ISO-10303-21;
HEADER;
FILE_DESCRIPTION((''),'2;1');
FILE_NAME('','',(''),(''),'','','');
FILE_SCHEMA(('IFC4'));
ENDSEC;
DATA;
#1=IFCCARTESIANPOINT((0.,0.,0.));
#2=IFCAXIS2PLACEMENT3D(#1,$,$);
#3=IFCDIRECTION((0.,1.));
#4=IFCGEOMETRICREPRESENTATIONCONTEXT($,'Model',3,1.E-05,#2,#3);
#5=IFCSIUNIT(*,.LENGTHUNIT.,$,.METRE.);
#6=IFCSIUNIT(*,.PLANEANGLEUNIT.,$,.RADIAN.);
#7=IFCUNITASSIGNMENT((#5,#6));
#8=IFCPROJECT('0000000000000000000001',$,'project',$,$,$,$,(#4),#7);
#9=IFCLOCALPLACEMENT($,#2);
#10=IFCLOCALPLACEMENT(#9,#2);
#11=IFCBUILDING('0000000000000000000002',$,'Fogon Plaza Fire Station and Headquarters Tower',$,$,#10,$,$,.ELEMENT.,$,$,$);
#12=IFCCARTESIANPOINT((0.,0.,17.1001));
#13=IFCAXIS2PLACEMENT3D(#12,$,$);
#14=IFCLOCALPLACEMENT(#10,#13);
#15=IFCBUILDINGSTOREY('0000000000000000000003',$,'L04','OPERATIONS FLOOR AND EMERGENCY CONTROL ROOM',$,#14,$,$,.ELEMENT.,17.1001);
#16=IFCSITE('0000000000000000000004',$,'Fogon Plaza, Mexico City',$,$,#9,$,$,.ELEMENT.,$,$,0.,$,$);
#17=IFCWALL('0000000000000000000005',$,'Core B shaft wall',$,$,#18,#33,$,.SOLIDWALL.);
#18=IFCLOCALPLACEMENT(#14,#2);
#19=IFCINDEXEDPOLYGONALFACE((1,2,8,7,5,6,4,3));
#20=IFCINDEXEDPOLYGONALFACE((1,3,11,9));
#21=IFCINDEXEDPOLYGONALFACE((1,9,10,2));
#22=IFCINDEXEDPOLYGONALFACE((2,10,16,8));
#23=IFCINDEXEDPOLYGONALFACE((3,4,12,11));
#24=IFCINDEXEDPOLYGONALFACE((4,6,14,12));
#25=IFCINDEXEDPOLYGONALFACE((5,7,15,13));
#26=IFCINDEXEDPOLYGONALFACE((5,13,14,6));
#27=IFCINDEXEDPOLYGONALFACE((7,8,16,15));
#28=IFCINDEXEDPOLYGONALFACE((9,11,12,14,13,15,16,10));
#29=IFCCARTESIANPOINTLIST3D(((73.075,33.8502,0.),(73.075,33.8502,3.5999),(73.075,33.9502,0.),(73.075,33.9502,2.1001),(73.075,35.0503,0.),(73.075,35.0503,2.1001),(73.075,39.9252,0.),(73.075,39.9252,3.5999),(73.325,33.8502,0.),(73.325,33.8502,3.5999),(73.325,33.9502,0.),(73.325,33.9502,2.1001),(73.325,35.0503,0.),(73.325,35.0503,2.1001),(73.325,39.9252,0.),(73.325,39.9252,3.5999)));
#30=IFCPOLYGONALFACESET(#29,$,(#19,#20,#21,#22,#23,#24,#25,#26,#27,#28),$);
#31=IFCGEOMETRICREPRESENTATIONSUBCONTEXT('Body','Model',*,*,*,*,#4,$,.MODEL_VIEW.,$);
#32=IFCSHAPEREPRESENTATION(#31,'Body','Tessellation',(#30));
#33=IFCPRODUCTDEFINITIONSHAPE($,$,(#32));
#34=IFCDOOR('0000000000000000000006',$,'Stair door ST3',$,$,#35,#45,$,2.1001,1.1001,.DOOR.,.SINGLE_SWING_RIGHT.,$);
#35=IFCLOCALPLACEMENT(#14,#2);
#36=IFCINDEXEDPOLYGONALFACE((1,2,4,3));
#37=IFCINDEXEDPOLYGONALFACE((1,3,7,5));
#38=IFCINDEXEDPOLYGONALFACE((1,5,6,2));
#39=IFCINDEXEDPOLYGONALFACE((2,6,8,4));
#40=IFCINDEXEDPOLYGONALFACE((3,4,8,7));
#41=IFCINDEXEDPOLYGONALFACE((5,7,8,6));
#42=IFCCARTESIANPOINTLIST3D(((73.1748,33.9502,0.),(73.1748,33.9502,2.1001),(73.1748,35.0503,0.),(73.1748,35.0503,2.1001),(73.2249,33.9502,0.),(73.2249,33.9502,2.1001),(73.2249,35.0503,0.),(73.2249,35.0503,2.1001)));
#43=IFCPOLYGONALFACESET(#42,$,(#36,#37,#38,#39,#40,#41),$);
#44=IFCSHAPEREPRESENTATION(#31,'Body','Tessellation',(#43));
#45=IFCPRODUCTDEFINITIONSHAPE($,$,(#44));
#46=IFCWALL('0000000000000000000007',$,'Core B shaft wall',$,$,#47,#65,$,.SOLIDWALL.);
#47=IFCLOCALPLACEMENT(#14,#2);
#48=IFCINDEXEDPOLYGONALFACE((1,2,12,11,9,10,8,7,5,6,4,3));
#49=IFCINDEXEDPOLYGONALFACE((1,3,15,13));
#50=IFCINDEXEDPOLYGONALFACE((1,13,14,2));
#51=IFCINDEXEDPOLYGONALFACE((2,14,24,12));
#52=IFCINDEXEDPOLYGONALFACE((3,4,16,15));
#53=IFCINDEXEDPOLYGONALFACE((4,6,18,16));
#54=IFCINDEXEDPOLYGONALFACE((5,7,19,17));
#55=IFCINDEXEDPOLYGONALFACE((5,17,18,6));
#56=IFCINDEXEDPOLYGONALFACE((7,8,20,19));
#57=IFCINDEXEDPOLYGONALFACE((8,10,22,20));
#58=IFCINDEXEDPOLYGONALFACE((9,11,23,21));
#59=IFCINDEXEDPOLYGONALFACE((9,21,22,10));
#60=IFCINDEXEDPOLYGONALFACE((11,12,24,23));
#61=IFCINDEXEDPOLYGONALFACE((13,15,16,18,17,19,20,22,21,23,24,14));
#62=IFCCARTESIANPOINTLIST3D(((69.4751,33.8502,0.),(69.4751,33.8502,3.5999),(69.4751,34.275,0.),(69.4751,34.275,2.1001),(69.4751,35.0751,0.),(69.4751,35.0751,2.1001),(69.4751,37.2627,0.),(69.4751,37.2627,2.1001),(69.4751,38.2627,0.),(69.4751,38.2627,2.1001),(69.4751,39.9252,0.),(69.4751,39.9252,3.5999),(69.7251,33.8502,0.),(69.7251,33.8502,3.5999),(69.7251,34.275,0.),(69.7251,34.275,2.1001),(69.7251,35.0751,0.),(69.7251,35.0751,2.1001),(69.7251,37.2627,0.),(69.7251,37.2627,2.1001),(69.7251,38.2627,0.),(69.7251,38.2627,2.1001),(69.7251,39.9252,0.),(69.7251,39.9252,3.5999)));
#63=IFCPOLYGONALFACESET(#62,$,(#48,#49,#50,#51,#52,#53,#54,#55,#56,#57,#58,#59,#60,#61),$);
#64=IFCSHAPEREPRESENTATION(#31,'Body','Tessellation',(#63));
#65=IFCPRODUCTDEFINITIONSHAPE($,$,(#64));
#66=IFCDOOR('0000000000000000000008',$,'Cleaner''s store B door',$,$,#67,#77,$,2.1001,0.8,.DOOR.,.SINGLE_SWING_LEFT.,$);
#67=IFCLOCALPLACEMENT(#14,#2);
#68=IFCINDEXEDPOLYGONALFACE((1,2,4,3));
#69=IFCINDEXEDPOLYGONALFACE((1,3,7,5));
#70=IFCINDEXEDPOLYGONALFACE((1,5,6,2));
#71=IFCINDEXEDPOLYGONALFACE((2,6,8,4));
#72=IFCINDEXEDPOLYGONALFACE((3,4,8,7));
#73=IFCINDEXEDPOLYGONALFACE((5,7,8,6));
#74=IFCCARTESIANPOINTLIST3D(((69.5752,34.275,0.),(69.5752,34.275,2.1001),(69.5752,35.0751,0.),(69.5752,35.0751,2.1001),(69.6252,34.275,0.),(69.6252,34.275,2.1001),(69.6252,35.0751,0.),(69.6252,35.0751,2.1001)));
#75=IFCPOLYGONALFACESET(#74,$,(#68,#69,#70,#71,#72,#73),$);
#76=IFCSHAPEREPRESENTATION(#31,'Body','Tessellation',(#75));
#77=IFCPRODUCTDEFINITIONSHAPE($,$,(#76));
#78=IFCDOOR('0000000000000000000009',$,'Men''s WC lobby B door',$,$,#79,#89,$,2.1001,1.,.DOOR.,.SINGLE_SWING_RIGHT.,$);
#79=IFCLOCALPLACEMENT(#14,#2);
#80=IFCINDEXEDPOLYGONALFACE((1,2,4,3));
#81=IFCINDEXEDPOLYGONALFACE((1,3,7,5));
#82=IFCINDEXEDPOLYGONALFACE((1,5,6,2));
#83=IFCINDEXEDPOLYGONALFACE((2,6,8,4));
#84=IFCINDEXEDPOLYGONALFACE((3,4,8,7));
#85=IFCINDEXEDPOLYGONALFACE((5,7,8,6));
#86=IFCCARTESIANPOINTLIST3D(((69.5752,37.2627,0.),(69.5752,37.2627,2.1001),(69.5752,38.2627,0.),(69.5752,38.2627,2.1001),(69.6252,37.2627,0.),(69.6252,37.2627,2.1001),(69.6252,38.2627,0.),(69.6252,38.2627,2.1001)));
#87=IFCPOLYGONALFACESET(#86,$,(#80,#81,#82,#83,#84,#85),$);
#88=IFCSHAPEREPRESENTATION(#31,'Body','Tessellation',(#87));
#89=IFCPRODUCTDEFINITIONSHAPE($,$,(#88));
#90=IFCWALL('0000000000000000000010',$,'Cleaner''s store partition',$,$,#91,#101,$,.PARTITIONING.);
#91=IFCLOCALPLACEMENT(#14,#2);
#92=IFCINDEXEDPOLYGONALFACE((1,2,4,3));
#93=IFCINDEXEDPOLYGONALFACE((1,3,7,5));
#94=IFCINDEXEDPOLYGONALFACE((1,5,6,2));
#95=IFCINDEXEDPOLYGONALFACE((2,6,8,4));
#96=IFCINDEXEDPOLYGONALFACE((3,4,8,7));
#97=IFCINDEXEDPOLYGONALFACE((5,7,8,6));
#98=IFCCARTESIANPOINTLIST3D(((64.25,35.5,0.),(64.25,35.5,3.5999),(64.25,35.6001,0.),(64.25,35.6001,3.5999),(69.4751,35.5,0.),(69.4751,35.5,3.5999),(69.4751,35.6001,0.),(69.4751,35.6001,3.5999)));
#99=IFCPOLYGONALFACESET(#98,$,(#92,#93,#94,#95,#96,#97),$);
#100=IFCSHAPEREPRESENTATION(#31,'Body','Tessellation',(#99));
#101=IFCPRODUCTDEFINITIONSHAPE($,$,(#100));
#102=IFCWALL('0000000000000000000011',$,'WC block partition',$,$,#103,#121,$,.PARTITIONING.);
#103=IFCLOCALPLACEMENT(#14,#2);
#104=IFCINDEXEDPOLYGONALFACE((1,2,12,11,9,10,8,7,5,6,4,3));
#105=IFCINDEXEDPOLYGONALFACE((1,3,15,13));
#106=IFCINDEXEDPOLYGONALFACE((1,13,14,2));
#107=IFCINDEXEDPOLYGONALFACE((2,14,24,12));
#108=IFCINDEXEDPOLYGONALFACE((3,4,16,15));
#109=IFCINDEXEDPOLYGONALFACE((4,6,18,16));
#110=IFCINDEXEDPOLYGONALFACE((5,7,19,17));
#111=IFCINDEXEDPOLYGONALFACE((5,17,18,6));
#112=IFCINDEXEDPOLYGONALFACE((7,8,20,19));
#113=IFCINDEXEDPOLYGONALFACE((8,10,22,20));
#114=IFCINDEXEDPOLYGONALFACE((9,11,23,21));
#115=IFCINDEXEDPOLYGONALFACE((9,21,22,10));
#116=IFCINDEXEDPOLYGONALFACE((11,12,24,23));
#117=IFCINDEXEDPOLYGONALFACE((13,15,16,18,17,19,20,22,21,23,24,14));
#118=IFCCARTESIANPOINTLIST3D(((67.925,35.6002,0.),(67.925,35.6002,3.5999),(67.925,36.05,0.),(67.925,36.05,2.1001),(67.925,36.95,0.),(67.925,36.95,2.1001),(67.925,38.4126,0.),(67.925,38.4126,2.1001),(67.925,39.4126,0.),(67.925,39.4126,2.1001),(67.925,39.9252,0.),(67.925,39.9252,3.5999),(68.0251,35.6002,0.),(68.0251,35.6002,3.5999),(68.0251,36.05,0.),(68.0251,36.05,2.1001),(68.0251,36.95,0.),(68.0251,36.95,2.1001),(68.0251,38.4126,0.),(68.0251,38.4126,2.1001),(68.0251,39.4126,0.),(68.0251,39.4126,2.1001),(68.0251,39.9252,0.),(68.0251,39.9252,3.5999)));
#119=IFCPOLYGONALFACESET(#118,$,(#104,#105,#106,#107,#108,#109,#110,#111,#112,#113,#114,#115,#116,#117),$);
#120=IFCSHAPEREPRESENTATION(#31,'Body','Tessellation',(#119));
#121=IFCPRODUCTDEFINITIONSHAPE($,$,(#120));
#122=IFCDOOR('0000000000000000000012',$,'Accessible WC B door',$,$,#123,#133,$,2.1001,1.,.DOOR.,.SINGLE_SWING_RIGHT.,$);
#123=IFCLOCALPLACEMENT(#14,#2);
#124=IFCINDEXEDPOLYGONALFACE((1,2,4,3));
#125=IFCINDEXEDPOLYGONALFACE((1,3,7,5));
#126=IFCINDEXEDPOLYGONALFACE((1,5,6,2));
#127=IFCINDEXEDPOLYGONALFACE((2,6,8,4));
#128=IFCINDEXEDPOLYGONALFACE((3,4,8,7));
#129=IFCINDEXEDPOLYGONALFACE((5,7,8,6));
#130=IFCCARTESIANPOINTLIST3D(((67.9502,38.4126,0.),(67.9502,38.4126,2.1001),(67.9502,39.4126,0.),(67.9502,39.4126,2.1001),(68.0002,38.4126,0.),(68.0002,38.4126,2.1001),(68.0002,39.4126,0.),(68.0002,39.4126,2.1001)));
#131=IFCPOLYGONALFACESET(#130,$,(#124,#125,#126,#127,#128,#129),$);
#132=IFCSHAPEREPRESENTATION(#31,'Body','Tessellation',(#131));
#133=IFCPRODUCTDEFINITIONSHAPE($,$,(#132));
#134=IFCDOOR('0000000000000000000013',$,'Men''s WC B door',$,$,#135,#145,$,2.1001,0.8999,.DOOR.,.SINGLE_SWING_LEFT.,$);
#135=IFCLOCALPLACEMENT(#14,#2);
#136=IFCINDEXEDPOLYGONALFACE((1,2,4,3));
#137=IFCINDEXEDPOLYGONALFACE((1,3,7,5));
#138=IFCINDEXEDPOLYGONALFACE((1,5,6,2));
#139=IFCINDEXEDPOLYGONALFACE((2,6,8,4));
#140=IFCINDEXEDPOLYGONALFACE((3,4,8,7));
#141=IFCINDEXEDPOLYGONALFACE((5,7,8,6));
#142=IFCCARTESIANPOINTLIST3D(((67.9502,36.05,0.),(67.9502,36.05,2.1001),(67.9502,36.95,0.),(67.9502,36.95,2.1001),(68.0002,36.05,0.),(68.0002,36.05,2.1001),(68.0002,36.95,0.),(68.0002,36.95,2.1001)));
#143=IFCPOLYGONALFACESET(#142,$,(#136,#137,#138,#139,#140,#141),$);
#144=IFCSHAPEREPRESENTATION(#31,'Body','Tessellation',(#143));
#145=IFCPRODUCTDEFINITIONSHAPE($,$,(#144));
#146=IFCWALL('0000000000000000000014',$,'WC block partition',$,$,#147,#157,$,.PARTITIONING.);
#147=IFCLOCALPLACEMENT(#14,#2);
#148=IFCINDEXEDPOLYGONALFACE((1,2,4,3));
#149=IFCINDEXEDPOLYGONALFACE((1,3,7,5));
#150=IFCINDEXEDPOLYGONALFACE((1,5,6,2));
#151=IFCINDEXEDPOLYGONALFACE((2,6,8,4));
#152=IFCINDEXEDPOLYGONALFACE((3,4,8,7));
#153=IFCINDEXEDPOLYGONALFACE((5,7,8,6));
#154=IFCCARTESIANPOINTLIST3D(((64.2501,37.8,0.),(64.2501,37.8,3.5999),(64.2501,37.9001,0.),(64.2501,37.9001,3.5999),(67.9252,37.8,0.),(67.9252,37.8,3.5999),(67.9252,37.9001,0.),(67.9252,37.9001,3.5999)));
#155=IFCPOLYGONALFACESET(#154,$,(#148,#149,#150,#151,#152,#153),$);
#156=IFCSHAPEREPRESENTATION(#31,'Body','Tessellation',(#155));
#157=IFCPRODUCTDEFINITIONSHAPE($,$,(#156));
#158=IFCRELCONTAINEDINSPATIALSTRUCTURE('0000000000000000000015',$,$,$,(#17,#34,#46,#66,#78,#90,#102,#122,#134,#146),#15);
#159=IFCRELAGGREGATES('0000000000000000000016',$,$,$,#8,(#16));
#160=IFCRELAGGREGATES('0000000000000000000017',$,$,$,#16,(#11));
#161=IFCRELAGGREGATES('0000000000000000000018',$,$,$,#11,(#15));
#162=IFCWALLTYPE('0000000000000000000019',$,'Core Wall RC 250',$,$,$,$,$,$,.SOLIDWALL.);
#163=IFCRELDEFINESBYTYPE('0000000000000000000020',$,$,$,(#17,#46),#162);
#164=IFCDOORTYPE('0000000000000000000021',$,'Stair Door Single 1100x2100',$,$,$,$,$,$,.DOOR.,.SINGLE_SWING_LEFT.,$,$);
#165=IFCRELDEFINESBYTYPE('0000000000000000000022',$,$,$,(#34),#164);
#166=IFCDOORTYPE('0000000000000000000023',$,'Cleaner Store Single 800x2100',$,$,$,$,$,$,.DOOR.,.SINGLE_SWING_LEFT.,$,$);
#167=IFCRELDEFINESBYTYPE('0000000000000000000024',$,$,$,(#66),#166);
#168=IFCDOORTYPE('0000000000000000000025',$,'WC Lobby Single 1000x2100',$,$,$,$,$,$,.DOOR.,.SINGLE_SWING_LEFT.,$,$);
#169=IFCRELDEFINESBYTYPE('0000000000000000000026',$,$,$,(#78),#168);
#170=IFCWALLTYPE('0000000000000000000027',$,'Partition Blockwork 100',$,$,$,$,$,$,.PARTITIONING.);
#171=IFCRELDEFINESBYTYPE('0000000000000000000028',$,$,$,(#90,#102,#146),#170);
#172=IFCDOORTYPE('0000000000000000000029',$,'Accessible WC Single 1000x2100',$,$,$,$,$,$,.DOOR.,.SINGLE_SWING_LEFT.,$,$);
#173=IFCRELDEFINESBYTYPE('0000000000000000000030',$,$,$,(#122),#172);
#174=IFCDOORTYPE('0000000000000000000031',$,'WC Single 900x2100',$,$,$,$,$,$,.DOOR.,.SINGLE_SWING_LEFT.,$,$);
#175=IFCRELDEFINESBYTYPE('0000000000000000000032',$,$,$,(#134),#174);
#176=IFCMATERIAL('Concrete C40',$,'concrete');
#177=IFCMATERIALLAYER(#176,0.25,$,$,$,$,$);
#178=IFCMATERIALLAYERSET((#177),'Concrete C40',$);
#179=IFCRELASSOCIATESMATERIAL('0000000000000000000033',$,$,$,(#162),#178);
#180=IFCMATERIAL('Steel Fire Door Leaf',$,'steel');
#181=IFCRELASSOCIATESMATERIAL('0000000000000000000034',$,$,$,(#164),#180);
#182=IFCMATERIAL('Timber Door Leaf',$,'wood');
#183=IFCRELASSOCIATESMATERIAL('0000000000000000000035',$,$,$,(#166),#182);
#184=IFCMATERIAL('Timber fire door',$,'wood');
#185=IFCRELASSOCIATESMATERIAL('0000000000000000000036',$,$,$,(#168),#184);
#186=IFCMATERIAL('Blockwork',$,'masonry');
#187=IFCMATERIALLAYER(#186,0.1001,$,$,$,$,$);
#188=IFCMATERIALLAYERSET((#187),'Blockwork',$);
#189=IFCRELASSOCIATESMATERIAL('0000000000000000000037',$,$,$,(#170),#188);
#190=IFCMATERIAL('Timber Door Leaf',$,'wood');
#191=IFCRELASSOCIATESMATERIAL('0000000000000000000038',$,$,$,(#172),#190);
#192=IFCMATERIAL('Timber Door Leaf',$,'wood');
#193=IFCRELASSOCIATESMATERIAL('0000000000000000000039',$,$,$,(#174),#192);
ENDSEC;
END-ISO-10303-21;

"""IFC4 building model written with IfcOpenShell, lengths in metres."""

from ifc_helpers import new_model, si_unit, direction, frame, frame_2d, origin, place, context, subcontext, project, spatial, rectangle, extrude, material, layer, layer_set, type_object, element, fill, save


model = new_model("IFC4")

# Units and contexts
model_context = context("Model", 3, precision=1e-05, world=origin(), true_north=direction((0.0, 1.0)))
body_context = subcontext(model_context, "Body", "Model", "MODEL_VIEW")
ifc_project = project(units=[si_unit("LENGTHUNIT", "METRE"), si_unit("PLANEANGLEUNIT", "RADIAN")], contexts=[model_context])

# Site, building, storey
site_placement = place(None, origin())
site = spatial("IfcSite", under=ifc_project, at=site_placement, Name="Fogon Plaza, Mexico City", CompositionType="ELEMENT", RefElevation=0.0)
building_placement = place(site_placement, origin())
building = spatial("IfcBuilding", under=site, at=building_placement, Name="Fogon Plaza Fire Station and Headquarters Tower", CompositionType="ELEMENT")
storey_placement = place(building_placement, frame((0.0, 0.0, 17.1001)))
storey = spatial("IfcBuildingStorey", under=building, at=storey_placement, Name="L04", Description="OPERATIONS FLOOR AND EMERGENCY CONTROL ROOM", CompositionType="ELEMENT", Elevation=17.1001)

# Wall, opening, door
ifc_material_1 = material(Name="Concrete C40", Category="concrete")
ifc_layer_1 = layer(ifc_material_1, 0.25)
ifc_layer_set_1 = layer_set([ifc_layer_1], Name="Concrete C40")
wall_type_1 = type_object("IfcWallType", Name="Core Wall RC 250", PredefinedType="SOLIDWALL", material=ifc_layer_set_1)
wall_1_placement = place(storey_placement, frame((73.2, 33.8501, 0.0), z_axis=(0.0, 0.0, 1.0), x_axis=(0.0, 1.0, 0.0)))
wall_1 = element("IfcWall", 1, at=wall_1_placement, inside=storey, type_object=wall_type_1, Name="Core B shaft wall", PredefinedType="SOLIDWALL", context=body_context, shape_type="SweptSolid", body=[
    extrude(rectangle(XDim=6.075, YDim=0.25, at=frame_2d((3.0376, 0.0))), origin(), (0.0, 0.0, 1.0), 3.5999),
])
opening_1_placement = place(wall_1_placement, frame((0.1001, 0.0, 0.0)))
opening_1 = element("IfcOpeningElement", 2, at=opening_1_placement, cuts=wall_1, PredefinedType="OPENING", context=body_context, shape_type="SweptSolid", body=[
    extrude(rectangle(XDim=1.1001, YDim=2.1001, at=frame_2d((0.55, 1.05))), frame((0.0, 0.135, 0.0), z_axis=(0.0, -1.0, 0.0), x_axis=(1.0, 0.0, 0.0)), (0.0, 0.0, 1.0), 0.27),
])
ifc_material_2 = material(Name="Steel Fire Door Leaf", Category="steel")
door_type_1 = type_object("IfcDoorType", Name="Stair Door Single 1100x2100", OperationType="SINGLE_SWING_LEFT", PredefinedType="DOOR", material=ifc_material_2)
door_1_placement = place(opening_1_placement, frame((1.1001, 0.0, 0.0), z_axis=(0.0, 0.0, 1.0), x_axis=(-1.0, 0.0, 0.0)))
door_1 = element("IfcDoor", 3, at=door_1_placement, inside=storey, type_object=door_type_1, Name="Stair door ST3", OperationType="SINGLE_SWING_RIGHT", OverallHeight=2.1001, OverallWidth=1.1001, PredefinedType="DOOR", context=body_context, shape_type="SweptSolid", body=[
    extrude(rectangle(XDim=1.1001, YDim=2.1001, at=frame_2d((0.55, 1.05))), frame((0.0, 0.0249, 0.0), z_axis=(0.0, -1.0, 0.0), x_axis=(1.0, 0.0, 0.0)), (0.0, 0.0, 1.0), 0.05),
])
fill(opening_1, door_1)

# Wall, openings, doors
wall_2_placement = place(storey_placement, frame((69.6001, 33.8501, 0.0), z_axis=(0.0, 0.0, 1.0), x_axis=(0.0, 1.0, 0.0)))
wall_2 = element("IfcWall", 4, at=wall_2_placement, inside=storey, type_object=wall_type_1, Name="Core B shaft wall", PredefinedType="SOLIDWALL", context=body_context, shape_type="SweptSolid", body=[
    extrude(rectangle(XDim=6.075, YDim=0.25, at=frame_2d((3.0376, 0.0))), origin(), (0.0, 0.0, 1.0), 3.5999),
])
opening_2_placement = place(wall_2_placement, frame((0.425, 0.0, 0.0)))
opening_2 = element("IfcOpeningElement", 5, at=opening_2_placement, cuts=wall_2, PredefinedType="OPENING", context=body_context, shape_type="SweptSolid", body=[
    extrude(rectangle(XDim=0.8, YDim=2.1001, at=frame_2d((0.3999, 1.05))), frame((0.0, 0.135, 0.0), z_axis=(0.0, -1.0, 0.0), x_axis=(1.0, 0.0, 0.0)), (0.0, 0.0, 1.0), 0.27),
])
opening_3_placement = place(wall_2_placement, frame((3.4126, 0.0, 0.0)))
opening_3 = element("IfcOpeningElement", 6, at=opening_3_placement, cuts=wall_2, PredefinedType="OPENING", context=body_context, shape_type="SweptSolid", body=[
    extrude(rectangle(XDim=1.0, YDim=2.1001, at=frame_2d((0.5, 1.05))), frame((0.0, 0.135, 0.0), z_axis=(0.0, -1.0, 0.0), x_axis=(1.0, 0.0, 0.0)), (0.0, 0.0, 1.0), 0.27),
])
ifc_material_3 = material(Name="Timber Door Leaf", Category="wood")
door_type_2 = type_object("IfcDoorType", Name="Cleaner Store Single 800x2100", OperationType="SINGLE_SWING_LEFT", PredefinedType="DOOR", material=ifc_material_3)
door_2_placement = place(opening_2_placement, origin())
door_2 = element("IfcDoor", 7, at=door_2_placement, inside=storey, type_object=door_type_2, Name="Cleaner's store B door", OperationType="SINGLE_SWING_LEFT", OverallHeight=2.1001, OverallWidth=0.8, PredefinedType="DOOR", context=body_context, shape_type="SweptSolid", body=[
    extrude(rectangle(XDim=0.8, YDim=2.1001, at=frame_2d((0.3999, 1.05))), frame((0.0, 0.0249, 0.0), z_axis=(0.0, -1.0, 0.0), x_axis=(1.0, 0.0, 0.0)), (0.0, 0.0, 1.0), 0.05),
])
fill(opening_2, door_2)
ifc_material_4 = material(Name="Timber fire door", Category="wood")
door_type_3 = type_object("IfcDoorType", Name="WC Lobby Single 1000x2100", OperationType="SINGLE_SWING_LEFT", PredefinedType="DOOR", material=ifc_material_4)
door_3_placement = place(opening_3_placement, origin())
door_3 = element("IfcDoor", 8, at=door_3_placement, inside=storey, type_object=door_type_3, Name="Men's WC lobby B door", OperationType="SINGLE_SWING_RIGHT", OverallHeight=2.1001, OverallWidth=1.0, PredefinedType="DOOR", context=body_context, shape_type="SweptSolid", body=[
    extrude(rectangle(XDim=1.0, YDim=2.1001, at=frame_2d((0.5, 1.05))), frame((0.0, 0.0249, 0.0), z_axis=(0.0, -1.0, 0.0), x_axis=(1.0, 0.0, 0.0)), (0.0, 0.0, 1.0), 0.05),
])
fill(opening_3, door_3)

# Wall
ifc_material_5 = material(Name="Blockwork", Category="masonry")
ifc_layer_2 = layer(ifc_material_5, 0.1001)
ifc_layer_set_2 = layer_set([ifc_layer_2], Name="Blockwork")
wall_type_2 = type_object("IfcWallType", Name="Partition Blockwork 100", PredefinedType="PARTITIONING", material=ifc_layer_set_2)
wall_3_placement = place(storey_placement, frame((69.4751, 35.55, 0.0), z_axis=(0.0, 0.0, 1.0), x_axis=(-1.0, 0.0, 0.0)))
element("IfcWall", 9, at=wall_3_placement, inside=storey, type_object=wall_type_2, Name="Cleaner's store partition", PredefinedType="PARTITIONING", context=body_context, shape_type="SweptSolid", body=[
    extrude(rectangle(XDim=5.2251, YDim=0.1001, at=frame_2d((2.6125, 0.0))), origin(), (0.0, 0.0, 1.0), 3.5999),
])

# Wall, openings, doors
wall_4_placement = place(storey_placement, frame((67.9751, 35.6001, 0.0), z_axis=(0.0, 0.0, 1.0), x_axis=(0.0, 1.0, 0.0)))
wall_4 = element("IfcWall", 10, at=wall_4_placement, inside=storey, type_object=wall_type_2, Name="WC block partition", PredefinedType="PARTITIONING", context=body_context, shape_type="SweptSolid", body=[
    extrude(rectangle(XDim=4.325, YDim=0.1001, at=frame_2d((2.1626, 0.0))), origin(), (0.0, 0.0, 1.0), 3.5999),
])
opening_4_placement = place(wall_4_placement, frame((0.45, 0.0, 0.0)))
opening_4 = element("IfcOpeningElement", 11, at=opening_4_placement, cuts=wall_4, PredefinedType="OPENING", context=body_context, shape_type="SweptSolid", body=[
    extrude(rectangle(XDim=0.8999, YDim=2.1001, at=frame_2d((0.45, 1.05))), frame((0.0, 0.0601, 0.0), z_axis=(0.0, -1.0, 0.0), x_axis=(1.0, 0.0, 0.0)), (0.0, 0.0, 1.0), 0.1201),
])
opening_5_placement = place(wall_4_placement, frame((2.8125, 0.0, 0.0)))
opening_5 = element("IfcOpeningElement", 12, at=opening_5_placement, cuts=wall_4, PredefinedType="OPENING", context=body_context, shape_type="SweptSolid", body=[
    extrude(rectangle(XDim=1.0, YDim=2.1001, at=frame_2d((0.5, 1.05))), frame((0.0, 0.0601, 0.0), z_axis=(0.0, -1.0, 0.0), x_axis=(1.0, 0.0, 0.0)), (0.0, 0.0, 1.0), 0.1201),
])
ifc_material_6 = material(Name="Timber Door Leaf", Category="wood")
door_type_4 = type_object("IfcDoorType", Name="Accessible WC Single 1000x2100", OperationType="SINGLE_SWING_LEFT", PredefinedType="DOOR", material=ifc_material_6)
door_4_placement = place(opening_5_placement, origin())
door_4 = element("IfcDoor", 13, at=door_4_placement, inside=storey, type_object=door_type_4, Name="Accessible WC B door", OperationType="SINGLE_SWING_RIGHT", OverallHeight=2.1001, OverallWidth=1.0, PredefinedType="DOOR", context=body_context, shape_type="SweptSolid", body=[
    extrude(rectangle(XDim=1.0, YDim=2.1001, at=frame_2d((0.5, 1.05))), frame((0.0, 0.0249, 0.0), z_axis=(0.0, -1.0, 0.0), x_axis=(1.0, 0.0, 0.0)), (0.0, 0.0, 1.0), 0.05),
])
fill(opening_5, door_4)
ifc_material_7 = material(Name="Timber Door Leaf", Category="wood")
door_type_5 = type_object("IfcDoorType", Name="WC Single 900x2100", OperationType="SINGLE_SWING_LEFT", PredefinedType="DOOR", material=ifc_material_7)
door_5_placement = place(opening_4_placement, origin())
door_5 = element("IfcDoor", 14, at=door_5_placement, inside=storey, type_object=door_type_5, Name="Men's WC B door", OperationType="SINGLE_SWING_LEFT", OverallHeight=2.1001, OverallWidth=0.8999, PredefinedType="DOOR", context=body_context, shape_type="SweptSolid", body=[
    extrude(rectangle(XDim=0.8999, YDim=2.1001, at=frame_2d((0.45, 1.05))), frame((0.0, 0.0249, 0.0), z_axis=(0.0, -1.0, 0.0), x_axis=(1.0, 0.0, 0.0)), (0.0, 0.0, 1.0), 0.05),
])
fill(opening_4, door_5)

# Wall
wall_5_placement = place(storey_placement, frame((67.925, 37.8501, 0.0), z_axis=(0.0, 0.0, 1.0), x_axis=(-1.0, 0.0, 0.0)))
element("IfcWall", 15, at=wall_5_placement, inside=storey, type_object=wall_type_2, Name="WC block partition", PredefinedType="PARTITIONING", context=body_context, shape_type="SweptSolid", body=[
    extrude(rectangle(XDim=3.675, YDim=0.1001, at=frame_2d((1.8374, 0.0))), origin(), (0.0, 0.0, 1.0), 3.5999),
])

save(model, "model.ifc")
